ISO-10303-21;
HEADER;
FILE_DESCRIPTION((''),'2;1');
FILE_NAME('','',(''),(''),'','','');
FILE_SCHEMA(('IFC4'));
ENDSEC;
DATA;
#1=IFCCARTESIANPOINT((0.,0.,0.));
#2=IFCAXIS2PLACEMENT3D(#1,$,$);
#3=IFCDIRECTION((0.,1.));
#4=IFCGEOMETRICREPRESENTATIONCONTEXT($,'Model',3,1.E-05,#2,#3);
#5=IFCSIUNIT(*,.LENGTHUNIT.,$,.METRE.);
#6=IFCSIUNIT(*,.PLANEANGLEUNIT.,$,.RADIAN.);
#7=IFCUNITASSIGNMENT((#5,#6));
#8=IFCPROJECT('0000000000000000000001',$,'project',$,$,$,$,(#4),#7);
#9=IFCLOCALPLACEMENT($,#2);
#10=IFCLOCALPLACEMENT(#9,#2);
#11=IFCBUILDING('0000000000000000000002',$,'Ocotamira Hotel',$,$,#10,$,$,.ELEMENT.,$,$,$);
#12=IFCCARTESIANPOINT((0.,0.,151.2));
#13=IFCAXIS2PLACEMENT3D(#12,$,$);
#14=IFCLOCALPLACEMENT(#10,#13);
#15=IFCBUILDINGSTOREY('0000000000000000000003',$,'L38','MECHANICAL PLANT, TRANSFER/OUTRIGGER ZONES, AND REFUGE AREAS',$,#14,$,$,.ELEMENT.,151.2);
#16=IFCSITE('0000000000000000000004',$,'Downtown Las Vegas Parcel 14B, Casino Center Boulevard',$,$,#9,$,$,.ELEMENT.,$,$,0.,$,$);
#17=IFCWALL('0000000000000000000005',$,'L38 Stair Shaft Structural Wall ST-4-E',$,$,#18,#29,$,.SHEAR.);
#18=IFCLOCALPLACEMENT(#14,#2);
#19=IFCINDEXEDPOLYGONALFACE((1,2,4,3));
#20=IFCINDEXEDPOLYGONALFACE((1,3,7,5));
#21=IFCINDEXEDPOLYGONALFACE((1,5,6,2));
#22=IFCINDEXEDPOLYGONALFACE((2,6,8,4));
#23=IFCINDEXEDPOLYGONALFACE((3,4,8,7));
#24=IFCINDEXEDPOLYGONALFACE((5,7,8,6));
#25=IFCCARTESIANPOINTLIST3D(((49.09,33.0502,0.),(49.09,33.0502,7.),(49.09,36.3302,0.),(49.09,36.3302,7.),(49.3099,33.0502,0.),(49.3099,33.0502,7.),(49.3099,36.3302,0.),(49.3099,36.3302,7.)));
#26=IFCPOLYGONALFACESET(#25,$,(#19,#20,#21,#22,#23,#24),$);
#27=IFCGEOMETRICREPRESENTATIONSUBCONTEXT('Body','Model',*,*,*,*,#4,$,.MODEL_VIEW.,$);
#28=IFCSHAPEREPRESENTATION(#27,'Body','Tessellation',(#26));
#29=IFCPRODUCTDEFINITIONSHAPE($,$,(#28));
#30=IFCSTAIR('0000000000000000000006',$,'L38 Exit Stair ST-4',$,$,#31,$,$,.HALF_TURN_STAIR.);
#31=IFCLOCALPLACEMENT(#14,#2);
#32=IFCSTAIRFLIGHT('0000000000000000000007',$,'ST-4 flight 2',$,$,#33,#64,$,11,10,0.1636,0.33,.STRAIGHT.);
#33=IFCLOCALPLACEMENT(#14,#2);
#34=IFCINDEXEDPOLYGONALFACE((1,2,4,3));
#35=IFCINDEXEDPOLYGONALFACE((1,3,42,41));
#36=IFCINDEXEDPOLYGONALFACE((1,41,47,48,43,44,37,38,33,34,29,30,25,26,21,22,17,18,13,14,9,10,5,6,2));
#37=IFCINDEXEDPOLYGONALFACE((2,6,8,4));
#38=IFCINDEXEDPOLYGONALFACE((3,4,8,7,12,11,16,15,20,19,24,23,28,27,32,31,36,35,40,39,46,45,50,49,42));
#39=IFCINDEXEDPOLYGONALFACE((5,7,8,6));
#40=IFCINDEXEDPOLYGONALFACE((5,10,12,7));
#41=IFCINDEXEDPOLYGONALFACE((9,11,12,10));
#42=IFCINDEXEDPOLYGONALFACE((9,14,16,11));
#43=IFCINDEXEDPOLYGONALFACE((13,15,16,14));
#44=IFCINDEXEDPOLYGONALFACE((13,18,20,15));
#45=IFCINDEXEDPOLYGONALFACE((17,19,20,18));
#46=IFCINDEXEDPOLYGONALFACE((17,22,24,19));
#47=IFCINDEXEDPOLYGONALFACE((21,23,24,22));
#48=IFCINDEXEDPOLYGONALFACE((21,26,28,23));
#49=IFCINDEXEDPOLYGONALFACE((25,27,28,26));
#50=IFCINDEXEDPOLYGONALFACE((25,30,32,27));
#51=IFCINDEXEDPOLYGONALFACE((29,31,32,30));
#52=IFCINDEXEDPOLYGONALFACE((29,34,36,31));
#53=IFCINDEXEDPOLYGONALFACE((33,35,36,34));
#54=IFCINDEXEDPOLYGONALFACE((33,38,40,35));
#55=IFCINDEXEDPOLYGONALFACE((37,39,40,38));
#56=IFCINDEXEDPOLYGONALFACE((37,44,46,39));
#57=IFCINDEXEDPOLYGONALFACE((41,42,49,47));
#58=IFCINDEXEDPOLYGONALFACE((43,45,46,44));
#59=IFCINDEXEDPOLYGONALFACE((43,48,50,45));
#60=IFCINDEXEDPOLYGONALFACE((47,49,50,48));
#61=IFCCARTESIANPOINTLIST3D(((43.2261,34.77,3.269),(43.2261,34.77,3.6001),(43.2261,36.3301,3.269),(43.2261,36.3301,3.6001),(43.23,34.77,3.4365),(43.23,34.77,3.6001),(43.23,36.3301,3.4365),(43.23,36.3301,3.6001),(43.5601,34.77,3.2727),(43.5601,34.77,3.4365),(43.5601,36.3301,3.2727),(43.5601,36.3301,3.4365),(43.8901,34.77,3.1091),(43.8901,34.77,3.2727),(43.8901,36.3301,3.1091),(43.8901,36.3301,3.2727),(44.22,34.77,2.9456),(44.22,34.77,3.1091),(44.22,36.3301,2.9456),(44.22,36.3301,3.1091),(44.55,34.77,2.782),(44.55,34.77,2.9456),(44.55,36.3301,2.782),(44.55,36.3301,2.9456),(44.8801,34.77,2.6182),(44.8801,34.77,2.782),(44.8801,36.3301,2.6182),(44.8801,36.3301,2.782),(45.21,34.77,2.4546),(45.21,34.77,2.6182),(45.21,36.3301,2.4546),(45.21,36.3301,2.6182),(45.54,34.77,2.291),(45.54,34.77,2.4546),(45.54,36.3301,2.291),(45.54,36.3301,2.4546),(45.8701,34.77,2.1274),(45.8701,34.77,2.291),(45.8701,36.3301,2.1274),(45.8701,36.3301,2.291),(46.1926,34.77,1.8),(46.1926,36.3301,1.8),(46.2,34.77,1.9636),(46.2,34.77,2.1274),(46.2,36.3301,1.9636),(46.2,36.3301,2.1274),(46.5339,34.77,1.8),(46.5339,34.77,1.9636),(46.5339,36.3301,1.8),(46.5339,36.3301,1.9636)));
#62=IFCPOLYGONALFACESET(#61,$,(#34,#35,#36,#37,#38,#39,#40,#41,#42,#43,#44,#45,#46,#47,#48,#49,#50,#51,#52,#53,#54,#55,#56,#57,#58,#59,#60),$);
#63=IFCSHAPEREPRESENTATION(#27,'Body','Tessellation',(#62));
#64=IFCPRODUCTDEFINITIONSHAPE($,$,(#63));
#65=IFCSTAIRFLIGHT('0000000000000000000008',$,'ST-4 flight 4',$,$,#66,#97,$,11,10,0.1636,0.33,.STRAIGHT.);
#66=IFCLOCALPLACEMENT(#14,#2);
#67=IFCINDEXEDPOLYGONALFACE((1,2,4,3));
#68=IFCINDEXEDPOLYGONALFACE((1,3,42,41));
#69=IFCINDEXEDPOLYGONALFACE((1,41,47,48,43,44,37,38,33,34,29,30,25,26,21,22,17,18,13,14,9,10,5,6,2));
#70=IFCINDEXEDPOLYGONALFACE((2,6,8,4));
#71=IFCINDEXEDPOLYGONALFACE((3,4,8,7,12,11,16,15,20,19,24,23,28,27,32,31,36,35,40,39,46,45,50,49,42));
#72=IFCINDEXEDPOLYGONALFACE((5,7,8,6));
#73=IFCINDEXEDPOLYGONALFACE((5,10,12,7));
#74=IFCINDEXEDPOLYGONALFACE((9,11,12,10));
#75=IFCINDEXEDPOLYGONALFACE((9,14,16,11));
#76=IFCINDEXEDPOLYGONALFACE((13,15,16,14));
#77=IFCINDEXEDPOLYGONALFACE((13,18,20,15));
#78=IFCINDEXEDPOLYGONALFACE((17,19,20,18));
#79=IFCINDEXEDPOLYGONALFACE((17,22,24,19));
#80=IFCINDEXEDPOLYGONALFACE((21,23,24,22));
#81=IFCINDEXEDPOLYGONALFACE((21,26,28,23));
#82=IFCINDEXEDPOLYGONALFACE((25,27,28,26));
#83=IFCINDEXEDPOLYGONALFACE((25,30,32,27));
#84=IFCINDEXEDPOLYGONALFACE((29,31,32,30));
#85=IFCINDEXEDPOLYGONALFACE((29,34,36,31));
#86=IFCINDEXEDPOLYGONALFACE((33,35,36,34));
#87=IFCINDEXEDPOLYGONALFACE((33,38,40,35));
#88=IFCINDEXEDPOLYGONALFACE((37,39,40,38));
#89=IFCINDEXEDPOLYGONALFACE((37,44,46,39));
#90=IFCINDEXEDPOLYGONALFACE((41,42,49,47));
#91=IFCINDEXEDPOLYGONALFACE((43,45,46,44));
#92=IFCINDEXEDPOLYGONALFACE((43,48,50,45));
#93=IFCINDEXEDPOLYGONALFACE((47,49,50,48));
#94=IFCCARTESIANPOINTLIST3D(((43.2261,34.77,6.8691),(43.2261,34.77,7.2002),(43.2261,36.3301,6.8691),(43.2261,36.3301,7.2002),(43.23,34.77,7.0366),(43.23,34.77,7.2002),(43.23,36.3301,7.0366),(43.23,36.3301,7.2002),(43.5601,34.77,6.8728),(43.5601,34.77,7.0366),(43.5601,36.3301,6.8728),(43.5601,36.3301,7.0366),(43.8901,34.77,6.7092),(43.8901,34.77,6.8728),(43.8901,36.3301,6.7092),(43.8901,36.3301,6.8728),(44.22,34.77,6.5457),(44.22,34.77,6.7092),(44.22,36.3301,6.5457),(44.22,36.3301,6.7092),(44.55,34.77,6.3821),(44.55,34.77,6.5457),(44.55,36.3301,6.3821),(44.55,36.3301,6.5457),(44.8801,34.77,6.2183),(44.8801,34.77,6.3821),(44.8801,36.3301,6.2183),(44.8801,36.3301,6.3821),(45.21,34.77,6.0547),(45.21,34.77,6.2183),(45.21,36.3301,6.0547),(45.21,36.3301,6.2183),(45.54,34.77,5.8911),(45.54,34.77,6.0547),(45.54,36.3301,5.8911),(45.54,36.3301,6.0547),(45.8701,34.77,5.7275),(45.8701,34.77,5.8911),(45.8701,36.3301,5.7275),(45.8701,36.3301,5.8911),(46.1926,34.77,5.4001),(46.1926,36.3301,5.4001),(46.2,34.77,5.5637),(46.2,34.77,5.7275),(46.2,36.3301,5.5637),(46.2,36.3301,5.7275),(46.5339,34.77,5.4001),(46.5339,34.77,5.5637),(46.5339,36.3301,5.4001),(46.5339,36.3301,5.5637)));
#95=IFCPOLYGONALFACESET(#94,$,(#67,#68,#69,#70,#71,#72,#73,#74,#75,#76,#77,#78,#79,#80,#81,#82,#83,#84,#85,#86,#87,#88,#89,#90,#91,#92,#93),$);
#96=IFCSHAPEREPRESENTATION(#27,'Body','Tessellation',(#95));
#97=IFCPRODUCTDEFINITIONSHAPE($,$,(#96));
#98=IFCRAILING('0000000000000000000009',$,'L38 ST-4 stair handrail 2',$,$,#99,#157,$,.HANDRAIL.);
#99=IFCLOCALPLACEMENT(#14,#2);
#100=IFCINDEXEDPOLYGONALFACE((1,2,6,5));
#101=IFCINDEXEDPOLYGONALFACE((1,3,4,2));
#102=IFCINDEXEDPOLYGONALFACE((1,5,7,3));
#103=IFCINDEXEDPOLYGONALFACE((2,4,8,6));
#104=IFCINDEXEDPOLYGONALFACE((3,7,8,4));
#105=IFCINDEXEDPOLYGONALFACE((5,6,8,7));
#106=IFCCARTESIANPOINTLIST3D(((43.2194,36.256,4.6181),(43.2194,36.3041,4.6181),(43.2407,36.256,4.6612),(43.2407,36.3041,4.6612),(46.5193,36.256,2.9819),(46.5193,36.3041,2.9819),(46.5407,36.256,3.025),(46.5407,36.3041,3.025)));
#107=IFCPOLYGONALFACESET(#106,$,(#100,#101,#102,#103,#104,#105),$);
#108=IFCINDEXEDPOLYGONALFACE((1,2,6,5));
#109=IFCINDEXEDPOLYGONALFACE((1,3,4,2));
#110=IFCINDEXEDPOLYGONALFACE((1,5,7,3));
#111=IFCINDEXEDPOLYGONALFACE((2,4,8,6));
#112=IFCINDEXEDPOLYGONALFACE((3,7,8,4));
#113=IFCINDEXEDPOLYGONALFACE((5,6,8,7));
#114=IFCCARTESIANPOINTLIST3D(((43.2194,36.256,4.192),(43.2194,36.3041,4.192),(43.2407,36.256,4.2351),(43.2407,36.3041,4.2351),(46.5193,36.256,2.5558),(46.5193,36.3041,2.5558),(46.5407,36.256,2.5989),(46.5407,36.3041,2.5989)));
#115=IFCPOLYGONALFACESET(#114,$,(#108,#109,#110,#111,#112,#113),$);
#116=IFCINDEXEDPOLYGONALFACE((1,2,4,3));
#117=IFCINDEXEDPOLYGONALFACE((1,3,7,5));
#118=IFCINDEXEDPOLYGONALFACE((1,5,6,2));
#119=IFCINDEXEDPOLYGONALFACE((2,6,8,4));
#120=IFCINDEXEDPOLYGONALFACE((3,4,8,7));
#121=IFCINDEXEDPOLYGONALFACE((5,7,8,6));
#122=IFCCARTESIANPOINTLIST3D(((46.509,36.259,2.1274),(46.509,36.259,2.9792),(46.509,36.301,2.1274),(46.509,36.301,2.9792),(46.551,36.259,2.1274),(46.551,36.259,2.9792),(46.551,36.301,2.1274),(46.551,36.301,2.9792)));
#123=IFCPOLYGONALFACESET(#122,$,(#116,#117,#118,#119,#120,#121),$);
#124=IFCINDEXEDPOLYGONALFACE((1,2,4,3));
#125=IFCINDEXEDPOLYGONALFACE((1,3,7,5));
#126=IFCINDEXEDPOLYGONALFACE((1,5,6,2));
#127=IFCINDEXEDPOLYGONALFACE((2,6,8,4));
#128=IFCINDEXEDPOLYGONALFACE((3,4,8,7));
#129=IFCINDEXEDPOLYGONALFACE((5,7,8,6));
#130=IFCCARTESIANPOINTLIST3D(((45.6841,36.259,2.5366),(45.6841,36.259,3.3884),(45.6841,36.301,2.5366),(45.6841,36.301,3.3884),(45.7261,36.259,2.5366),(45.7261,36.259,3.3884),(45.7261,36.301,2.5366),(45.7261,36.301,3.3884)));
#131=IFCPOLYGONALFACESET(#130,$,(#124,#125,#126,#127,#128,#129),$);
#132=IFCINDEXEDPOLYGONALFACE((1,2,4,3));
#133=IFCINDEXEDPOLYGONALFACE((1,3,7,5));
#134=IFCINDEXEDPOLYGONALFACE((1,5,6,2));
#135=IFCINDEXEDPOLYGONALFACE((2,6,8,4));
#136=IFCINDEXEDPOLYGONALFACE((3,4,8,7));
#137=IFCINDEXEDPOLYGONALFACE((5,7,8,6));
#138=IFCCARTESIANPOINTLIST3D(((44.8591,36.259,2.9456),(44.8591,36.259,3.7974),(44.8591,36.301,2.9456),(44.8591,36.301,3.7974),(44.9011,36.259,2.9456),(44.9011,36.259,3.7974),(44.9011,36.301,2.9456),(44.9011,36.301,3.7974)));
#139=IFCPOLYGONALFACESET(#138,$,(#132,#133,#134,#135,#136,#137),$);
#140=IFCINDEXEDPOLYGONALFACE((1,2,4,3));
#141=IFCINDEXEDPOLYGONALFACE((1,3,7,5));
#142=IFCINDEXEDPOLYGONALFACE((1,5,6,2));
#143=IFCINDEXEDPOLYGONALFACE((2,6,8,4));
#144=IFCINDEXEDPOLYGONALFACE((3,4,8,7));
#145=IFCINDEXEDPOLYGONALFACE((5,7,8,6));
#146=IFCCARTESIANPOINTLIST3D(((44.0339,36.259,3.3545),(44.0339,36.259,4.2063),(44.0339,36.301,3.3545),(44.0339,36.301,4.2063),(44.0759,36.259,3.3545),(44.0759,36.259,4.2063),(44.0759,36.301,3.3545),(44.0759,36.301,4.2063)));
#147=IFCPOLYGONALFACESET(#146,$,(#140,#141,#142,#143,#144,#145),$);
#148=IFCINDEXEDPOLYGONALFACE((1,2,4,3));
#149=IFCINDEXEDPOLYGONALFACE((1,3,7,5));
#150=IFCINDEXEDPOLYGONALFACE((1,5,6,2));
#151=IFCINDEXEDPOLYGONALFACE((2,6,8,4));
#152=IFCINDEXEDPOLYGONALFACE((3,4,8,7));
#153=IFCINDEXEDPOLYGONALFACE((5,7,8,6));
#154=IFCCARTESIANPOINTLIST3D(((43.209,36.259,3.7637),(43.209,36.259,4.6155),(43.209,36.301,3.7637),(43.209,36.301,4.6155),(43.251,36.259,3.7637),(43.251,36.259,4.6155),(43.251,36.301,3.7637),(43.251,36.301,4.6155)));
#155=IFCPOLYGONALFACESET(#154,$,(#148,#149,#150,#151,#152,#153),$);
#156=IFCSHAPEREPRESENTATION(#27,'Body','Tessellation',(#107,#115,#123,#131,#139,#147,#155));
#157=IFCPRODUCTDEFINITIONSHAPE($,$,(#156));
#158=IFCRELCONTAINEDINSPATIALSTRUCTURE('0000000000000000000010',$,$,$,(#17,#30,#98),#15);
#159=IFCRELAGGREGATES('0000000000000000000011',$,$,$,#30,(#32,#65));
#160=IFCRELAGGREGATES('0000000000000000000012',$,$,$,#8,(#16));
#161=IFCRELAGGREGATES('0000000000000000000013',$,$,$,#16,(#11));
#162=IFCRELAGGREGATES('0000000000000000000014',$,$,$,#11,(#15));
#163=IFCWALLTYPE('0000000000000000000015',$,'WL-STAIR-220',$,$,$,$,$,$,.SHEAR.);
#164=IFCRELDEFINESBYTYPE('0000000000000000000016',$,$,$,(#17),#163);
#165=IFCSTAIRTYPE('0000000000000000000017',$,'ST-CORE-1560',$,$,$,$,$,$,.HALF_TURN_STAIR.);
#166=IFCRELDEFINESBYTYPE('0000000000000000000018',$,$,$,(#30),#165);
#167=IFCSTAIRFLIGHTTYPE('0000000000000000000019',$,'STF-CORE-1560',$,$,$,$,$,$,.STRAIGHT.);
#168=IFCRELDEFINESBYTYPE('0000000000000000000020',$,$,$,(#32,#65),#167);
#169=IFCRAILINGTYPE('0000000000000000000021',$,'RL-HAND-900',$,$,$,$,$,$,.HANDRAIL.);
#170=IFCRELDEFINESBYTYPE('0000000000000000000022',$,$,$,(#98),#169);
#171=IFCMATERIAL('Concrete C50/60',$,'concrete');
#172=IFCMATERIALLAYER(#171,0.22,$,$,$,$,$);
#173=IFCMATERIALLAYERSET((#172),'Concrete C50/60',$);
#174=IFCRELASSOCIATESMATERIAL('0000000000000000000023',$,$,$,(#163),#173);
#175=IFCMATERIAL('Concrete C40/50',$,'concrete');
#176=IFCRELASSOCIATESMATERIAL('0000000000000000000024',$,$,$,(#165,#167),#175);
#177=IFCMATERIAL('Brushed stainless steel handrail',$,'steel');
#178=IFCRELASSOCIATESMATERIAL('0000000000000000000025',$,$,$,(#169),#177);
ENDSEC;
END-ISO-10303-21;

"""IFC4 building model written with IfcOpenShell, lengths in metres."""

from ifc_helpers import new_model, si_unit, direction, frame, frame_2d, origin, origin_2d, place, context, subcontext, project, spatial, polyline, rectangle, outline, extrude, source, transform, mapped, material, layer, layer_set, type_object, element, aggregate, save


model = new_model("IFC4")

# Units and contexts
model_context = context("Model", 3, precision=1e-05, world=origin(), true_north=direction((0.0, 1.0)))
body_context = subcontext(model_context, "Body", "Model", "MODEL_VIEW")
ifc_project = project(units=[si_unit("LENGTHUNIT", "METRE"), si_unit("PLANEANGLEUNIT", "RADIAN")], contexts=[model_context])

# Site, building, storey
site_placement = place(None, origin())
site = spatial("IfcSite", under=ifc_project, at=site_placement, Name="Downtown Las Vegas Parcel 14B, Casino Center Boulevard", CompositionType="ELEMENT", RefElevation=0.0)
building_placement = place(site_placement, origin())
building = spatial("IfcBuilding", under=site, at=building_placement, Name="Ocotamira Hotel", CompositionType="ELEMENT")
storey_placement = place(building_placement, frame((0.0, 0.0, 151.2)))
storey = spatial("IfcBuildingStorey", under=building, at=storey_placement, Name="L38", Description="MECHANICAL PLANT, TRANSFER/OUTRIGGER ZONES, AND REFUGE AREAS", CompositionType="ELEMENT", Elevation=151.2)

# Wall
ifc_material_1 = material(Name="Concrete C50/60", Category="concrete")
ifc_layer_1 = layer(ifc_material_1, 0.22)
ifc_layer_set_1 = layer_set([ifc_layer_1], Name="Concrete C50/60")
wall_type_1 = type_object("IfcWallType", Name="WL-STAIR-220", PredefinedType="SHEAR", material=ifc_layer_set_1)
wall_1_placement = place(storey_placement, frame((49.2, 33.05, 0.0), z_axis=(0.0, 0.0, 1.0), x_axis=(0.0, 1.0, 0.0)))
element("IfcWall", 1, at=wall_1_placement, inside=storey, type_object=wall_type_1, Name="L38 Stair Shaft Structural Wall ST-4-E", PredefinedType="SHEAR", context=body_context, shape_type="SweptSolid", body=[
    extrude(rectangle(XDim=3.28, YDim=0.22, at=frame_2d((1.6401, 0.0))), origin(), (0.0, 0.0, 1.0), 7.0),
])

# Stair, stair flights
ifc_material_2 = material(Name="Concrete C40/50", Category="concrete")
stair_type = type_object("IfcStairType", Name="ST-CORE-1560", PredefinedType="HALF_TURN_STAIR", material=ifc_material_2)
stair_placement = place(storey_placement, origin())
stair = element("IfcStair", 2, at=stair_placement, inside=storey, type_object=stair_type, Name="L38 Exit Stair ST-4", PredefinedType="HALF_TURN_STAIR")
stair_flight_type = type_object("IfcStairFlightType", Name="STF-CORE-1560", PredefinedType="STRAIGHT", material=ifc_material_2)
shared_shape_1 = source(origin(), body_context, "Body", "SweptSolid", [
    extrude(outline(polyline([(-0.0039, 0.0), (-0.0039, 0.1636), (0.3301, 0.1636), (0.3301, 0.3274), (0.6599, 0.3274), (0.6599, 0.491), (0.99, 0.491), (0.99, 0.6545), (1.3201, 0.6545), (1.3201, 0.8181), (1.6499, 0.8181), (1.6499, 0.9819), (1.98, 0.9819), (1.98, 1.1455), (2.3101, 1.1455), (2.3101, 1.3091), (2.6399, 1.3091), (2.6399, 1.4727), (2.97, 1.4727), (2.97, 1.6365), (3.3, 1.6365), (3.3, 1.8), (3.304, 1.8), (3.304, 1.469), (0.3374, 0.0), (-0.0039, 0.0)])), frame((0.0, 0.78, 0.0), z_axis=(0.0, -1.0, 0.0), x_axis=(1.0, 0.0, 0.0)), (0.0, 0.0, 1.0), 1.5601),
])
stair_flight_1_placement = place(storey_placement, frame((46.53, 35.55, 1.8), z_axis=(0.0, 0.0, 1.0), x_axis=(-1.0, 0.0, 0.0)))
stair_flight_1 = element("IfcStairFlight", 3, at=stair_flight_1_placement, type_object=stair_flight_type, Name="ST-4 flight 2", NumberOfRisers=11, NumberOfTreads=10, PredefinedType="STRAIGHT", RiserHeight=0.1636, TreadLength=0.33, context=body_context, shape_type="MappedRepresentation", body=[
    mapped(shared_shape_1, transform((0.0, 0.0, 0.0), scale=1.0)),
])
stair_flight_2_placement = place(storey_placement, frame((46.53, 35.55, 5.4001), z_axis=(0.0, 0.0, 1.0), x_axis=(-1.0, 0.0, 0.0)))
stair_flight_2 = element("IfcStairFlight", 4, at=stair_flight_2_placement, type_object=stair_flight_type, Name="ST-4 flight 4", NumberOfRisers=11, NumberOfTreads=10, PredefinedType="STRAIGHT", RiserHeight=0.1636, TreadLength=0.33, context=body_context, shape_type="MappedRepresentation", body=[
    mapped(shared_shape_1, transform((0.0, 0.0, 0.0), scale=1.0)),
])
aggregate(stair, [stair_flight_1, stair_flight_2])

# Railing
ifc_material_3 = material(Name="Brushed stainless steel handrail", Category="steel")
railing_type_1 = type_object("IfcRailingType", Name="RL-HAND-900", PredefinedType="HANDRAIL", material=ifc_material_3)
railing_1_placement = place(storey_placement, frame((46.53, 36.28, 2.1274)))
element("IfcRailing", 5, at=railing_1_placement, inside=storey, type_object=railing_type_1, Name="L38 ST-4 stair handrail 2", PredefinedType="HANDRAIL", context=body_context, shape_type="SweptSolid", body=[
    extrude(rectangle(XDim=0.0481, YDim=0.0481, at=origin_2d()), frame((0.0, 0.0, 0.876), z_axis=(-0.89592, 0.0, 0.444215), x_axis=(0.0, -1.0, 0.0)), (0.0, 0.0, 1.0), 3.6833),
    extrude(rectangle(XDim=0.0481, YDim=0.0481, at=origin_2d()), frame((0.0, 0.0, 0.45), z_axis=(-0.89592, 0.0, 0.444215), x_axis=(0.0, -1.0, 0.0)), (0.0, 0.0, 1.0), 3.6833),
    extrude(rectangle(XDim=0.042, YDim=0.042, at=origin_2d()), origin(), (0.0, 0.0, 1.0), 0.8518),
    extrude(rectangle(XDim=0.042, YDim=0.042, at=origin_2d()), frame((-0.825, 0.0, 0.4092)), (0.0, 0.0, 1.0), 0.8518),
    extrude(rectangle(XDim=0.042, YDim=0.042, at=origin_2d()), frame((-1.6499, 0.0, 0.8181)), (0.0, 0.0, 1.0), 0.8518),
    extrude(rectangle(XDim=0.042, YDim=0.042, at=origin_2d()), frame((-2.4751, 0.0, 1.2271)), (0.0, 0.0, 1.0), 0.8518),
    extrude(rectangle(XDim=0.042, YDim=0.042, at=origin_2d()), frame((-3.3, 0.0, 1.6362)), (0.0, 0.0, 1.0), 0.8518),
])

save(model, "model.ifc")
